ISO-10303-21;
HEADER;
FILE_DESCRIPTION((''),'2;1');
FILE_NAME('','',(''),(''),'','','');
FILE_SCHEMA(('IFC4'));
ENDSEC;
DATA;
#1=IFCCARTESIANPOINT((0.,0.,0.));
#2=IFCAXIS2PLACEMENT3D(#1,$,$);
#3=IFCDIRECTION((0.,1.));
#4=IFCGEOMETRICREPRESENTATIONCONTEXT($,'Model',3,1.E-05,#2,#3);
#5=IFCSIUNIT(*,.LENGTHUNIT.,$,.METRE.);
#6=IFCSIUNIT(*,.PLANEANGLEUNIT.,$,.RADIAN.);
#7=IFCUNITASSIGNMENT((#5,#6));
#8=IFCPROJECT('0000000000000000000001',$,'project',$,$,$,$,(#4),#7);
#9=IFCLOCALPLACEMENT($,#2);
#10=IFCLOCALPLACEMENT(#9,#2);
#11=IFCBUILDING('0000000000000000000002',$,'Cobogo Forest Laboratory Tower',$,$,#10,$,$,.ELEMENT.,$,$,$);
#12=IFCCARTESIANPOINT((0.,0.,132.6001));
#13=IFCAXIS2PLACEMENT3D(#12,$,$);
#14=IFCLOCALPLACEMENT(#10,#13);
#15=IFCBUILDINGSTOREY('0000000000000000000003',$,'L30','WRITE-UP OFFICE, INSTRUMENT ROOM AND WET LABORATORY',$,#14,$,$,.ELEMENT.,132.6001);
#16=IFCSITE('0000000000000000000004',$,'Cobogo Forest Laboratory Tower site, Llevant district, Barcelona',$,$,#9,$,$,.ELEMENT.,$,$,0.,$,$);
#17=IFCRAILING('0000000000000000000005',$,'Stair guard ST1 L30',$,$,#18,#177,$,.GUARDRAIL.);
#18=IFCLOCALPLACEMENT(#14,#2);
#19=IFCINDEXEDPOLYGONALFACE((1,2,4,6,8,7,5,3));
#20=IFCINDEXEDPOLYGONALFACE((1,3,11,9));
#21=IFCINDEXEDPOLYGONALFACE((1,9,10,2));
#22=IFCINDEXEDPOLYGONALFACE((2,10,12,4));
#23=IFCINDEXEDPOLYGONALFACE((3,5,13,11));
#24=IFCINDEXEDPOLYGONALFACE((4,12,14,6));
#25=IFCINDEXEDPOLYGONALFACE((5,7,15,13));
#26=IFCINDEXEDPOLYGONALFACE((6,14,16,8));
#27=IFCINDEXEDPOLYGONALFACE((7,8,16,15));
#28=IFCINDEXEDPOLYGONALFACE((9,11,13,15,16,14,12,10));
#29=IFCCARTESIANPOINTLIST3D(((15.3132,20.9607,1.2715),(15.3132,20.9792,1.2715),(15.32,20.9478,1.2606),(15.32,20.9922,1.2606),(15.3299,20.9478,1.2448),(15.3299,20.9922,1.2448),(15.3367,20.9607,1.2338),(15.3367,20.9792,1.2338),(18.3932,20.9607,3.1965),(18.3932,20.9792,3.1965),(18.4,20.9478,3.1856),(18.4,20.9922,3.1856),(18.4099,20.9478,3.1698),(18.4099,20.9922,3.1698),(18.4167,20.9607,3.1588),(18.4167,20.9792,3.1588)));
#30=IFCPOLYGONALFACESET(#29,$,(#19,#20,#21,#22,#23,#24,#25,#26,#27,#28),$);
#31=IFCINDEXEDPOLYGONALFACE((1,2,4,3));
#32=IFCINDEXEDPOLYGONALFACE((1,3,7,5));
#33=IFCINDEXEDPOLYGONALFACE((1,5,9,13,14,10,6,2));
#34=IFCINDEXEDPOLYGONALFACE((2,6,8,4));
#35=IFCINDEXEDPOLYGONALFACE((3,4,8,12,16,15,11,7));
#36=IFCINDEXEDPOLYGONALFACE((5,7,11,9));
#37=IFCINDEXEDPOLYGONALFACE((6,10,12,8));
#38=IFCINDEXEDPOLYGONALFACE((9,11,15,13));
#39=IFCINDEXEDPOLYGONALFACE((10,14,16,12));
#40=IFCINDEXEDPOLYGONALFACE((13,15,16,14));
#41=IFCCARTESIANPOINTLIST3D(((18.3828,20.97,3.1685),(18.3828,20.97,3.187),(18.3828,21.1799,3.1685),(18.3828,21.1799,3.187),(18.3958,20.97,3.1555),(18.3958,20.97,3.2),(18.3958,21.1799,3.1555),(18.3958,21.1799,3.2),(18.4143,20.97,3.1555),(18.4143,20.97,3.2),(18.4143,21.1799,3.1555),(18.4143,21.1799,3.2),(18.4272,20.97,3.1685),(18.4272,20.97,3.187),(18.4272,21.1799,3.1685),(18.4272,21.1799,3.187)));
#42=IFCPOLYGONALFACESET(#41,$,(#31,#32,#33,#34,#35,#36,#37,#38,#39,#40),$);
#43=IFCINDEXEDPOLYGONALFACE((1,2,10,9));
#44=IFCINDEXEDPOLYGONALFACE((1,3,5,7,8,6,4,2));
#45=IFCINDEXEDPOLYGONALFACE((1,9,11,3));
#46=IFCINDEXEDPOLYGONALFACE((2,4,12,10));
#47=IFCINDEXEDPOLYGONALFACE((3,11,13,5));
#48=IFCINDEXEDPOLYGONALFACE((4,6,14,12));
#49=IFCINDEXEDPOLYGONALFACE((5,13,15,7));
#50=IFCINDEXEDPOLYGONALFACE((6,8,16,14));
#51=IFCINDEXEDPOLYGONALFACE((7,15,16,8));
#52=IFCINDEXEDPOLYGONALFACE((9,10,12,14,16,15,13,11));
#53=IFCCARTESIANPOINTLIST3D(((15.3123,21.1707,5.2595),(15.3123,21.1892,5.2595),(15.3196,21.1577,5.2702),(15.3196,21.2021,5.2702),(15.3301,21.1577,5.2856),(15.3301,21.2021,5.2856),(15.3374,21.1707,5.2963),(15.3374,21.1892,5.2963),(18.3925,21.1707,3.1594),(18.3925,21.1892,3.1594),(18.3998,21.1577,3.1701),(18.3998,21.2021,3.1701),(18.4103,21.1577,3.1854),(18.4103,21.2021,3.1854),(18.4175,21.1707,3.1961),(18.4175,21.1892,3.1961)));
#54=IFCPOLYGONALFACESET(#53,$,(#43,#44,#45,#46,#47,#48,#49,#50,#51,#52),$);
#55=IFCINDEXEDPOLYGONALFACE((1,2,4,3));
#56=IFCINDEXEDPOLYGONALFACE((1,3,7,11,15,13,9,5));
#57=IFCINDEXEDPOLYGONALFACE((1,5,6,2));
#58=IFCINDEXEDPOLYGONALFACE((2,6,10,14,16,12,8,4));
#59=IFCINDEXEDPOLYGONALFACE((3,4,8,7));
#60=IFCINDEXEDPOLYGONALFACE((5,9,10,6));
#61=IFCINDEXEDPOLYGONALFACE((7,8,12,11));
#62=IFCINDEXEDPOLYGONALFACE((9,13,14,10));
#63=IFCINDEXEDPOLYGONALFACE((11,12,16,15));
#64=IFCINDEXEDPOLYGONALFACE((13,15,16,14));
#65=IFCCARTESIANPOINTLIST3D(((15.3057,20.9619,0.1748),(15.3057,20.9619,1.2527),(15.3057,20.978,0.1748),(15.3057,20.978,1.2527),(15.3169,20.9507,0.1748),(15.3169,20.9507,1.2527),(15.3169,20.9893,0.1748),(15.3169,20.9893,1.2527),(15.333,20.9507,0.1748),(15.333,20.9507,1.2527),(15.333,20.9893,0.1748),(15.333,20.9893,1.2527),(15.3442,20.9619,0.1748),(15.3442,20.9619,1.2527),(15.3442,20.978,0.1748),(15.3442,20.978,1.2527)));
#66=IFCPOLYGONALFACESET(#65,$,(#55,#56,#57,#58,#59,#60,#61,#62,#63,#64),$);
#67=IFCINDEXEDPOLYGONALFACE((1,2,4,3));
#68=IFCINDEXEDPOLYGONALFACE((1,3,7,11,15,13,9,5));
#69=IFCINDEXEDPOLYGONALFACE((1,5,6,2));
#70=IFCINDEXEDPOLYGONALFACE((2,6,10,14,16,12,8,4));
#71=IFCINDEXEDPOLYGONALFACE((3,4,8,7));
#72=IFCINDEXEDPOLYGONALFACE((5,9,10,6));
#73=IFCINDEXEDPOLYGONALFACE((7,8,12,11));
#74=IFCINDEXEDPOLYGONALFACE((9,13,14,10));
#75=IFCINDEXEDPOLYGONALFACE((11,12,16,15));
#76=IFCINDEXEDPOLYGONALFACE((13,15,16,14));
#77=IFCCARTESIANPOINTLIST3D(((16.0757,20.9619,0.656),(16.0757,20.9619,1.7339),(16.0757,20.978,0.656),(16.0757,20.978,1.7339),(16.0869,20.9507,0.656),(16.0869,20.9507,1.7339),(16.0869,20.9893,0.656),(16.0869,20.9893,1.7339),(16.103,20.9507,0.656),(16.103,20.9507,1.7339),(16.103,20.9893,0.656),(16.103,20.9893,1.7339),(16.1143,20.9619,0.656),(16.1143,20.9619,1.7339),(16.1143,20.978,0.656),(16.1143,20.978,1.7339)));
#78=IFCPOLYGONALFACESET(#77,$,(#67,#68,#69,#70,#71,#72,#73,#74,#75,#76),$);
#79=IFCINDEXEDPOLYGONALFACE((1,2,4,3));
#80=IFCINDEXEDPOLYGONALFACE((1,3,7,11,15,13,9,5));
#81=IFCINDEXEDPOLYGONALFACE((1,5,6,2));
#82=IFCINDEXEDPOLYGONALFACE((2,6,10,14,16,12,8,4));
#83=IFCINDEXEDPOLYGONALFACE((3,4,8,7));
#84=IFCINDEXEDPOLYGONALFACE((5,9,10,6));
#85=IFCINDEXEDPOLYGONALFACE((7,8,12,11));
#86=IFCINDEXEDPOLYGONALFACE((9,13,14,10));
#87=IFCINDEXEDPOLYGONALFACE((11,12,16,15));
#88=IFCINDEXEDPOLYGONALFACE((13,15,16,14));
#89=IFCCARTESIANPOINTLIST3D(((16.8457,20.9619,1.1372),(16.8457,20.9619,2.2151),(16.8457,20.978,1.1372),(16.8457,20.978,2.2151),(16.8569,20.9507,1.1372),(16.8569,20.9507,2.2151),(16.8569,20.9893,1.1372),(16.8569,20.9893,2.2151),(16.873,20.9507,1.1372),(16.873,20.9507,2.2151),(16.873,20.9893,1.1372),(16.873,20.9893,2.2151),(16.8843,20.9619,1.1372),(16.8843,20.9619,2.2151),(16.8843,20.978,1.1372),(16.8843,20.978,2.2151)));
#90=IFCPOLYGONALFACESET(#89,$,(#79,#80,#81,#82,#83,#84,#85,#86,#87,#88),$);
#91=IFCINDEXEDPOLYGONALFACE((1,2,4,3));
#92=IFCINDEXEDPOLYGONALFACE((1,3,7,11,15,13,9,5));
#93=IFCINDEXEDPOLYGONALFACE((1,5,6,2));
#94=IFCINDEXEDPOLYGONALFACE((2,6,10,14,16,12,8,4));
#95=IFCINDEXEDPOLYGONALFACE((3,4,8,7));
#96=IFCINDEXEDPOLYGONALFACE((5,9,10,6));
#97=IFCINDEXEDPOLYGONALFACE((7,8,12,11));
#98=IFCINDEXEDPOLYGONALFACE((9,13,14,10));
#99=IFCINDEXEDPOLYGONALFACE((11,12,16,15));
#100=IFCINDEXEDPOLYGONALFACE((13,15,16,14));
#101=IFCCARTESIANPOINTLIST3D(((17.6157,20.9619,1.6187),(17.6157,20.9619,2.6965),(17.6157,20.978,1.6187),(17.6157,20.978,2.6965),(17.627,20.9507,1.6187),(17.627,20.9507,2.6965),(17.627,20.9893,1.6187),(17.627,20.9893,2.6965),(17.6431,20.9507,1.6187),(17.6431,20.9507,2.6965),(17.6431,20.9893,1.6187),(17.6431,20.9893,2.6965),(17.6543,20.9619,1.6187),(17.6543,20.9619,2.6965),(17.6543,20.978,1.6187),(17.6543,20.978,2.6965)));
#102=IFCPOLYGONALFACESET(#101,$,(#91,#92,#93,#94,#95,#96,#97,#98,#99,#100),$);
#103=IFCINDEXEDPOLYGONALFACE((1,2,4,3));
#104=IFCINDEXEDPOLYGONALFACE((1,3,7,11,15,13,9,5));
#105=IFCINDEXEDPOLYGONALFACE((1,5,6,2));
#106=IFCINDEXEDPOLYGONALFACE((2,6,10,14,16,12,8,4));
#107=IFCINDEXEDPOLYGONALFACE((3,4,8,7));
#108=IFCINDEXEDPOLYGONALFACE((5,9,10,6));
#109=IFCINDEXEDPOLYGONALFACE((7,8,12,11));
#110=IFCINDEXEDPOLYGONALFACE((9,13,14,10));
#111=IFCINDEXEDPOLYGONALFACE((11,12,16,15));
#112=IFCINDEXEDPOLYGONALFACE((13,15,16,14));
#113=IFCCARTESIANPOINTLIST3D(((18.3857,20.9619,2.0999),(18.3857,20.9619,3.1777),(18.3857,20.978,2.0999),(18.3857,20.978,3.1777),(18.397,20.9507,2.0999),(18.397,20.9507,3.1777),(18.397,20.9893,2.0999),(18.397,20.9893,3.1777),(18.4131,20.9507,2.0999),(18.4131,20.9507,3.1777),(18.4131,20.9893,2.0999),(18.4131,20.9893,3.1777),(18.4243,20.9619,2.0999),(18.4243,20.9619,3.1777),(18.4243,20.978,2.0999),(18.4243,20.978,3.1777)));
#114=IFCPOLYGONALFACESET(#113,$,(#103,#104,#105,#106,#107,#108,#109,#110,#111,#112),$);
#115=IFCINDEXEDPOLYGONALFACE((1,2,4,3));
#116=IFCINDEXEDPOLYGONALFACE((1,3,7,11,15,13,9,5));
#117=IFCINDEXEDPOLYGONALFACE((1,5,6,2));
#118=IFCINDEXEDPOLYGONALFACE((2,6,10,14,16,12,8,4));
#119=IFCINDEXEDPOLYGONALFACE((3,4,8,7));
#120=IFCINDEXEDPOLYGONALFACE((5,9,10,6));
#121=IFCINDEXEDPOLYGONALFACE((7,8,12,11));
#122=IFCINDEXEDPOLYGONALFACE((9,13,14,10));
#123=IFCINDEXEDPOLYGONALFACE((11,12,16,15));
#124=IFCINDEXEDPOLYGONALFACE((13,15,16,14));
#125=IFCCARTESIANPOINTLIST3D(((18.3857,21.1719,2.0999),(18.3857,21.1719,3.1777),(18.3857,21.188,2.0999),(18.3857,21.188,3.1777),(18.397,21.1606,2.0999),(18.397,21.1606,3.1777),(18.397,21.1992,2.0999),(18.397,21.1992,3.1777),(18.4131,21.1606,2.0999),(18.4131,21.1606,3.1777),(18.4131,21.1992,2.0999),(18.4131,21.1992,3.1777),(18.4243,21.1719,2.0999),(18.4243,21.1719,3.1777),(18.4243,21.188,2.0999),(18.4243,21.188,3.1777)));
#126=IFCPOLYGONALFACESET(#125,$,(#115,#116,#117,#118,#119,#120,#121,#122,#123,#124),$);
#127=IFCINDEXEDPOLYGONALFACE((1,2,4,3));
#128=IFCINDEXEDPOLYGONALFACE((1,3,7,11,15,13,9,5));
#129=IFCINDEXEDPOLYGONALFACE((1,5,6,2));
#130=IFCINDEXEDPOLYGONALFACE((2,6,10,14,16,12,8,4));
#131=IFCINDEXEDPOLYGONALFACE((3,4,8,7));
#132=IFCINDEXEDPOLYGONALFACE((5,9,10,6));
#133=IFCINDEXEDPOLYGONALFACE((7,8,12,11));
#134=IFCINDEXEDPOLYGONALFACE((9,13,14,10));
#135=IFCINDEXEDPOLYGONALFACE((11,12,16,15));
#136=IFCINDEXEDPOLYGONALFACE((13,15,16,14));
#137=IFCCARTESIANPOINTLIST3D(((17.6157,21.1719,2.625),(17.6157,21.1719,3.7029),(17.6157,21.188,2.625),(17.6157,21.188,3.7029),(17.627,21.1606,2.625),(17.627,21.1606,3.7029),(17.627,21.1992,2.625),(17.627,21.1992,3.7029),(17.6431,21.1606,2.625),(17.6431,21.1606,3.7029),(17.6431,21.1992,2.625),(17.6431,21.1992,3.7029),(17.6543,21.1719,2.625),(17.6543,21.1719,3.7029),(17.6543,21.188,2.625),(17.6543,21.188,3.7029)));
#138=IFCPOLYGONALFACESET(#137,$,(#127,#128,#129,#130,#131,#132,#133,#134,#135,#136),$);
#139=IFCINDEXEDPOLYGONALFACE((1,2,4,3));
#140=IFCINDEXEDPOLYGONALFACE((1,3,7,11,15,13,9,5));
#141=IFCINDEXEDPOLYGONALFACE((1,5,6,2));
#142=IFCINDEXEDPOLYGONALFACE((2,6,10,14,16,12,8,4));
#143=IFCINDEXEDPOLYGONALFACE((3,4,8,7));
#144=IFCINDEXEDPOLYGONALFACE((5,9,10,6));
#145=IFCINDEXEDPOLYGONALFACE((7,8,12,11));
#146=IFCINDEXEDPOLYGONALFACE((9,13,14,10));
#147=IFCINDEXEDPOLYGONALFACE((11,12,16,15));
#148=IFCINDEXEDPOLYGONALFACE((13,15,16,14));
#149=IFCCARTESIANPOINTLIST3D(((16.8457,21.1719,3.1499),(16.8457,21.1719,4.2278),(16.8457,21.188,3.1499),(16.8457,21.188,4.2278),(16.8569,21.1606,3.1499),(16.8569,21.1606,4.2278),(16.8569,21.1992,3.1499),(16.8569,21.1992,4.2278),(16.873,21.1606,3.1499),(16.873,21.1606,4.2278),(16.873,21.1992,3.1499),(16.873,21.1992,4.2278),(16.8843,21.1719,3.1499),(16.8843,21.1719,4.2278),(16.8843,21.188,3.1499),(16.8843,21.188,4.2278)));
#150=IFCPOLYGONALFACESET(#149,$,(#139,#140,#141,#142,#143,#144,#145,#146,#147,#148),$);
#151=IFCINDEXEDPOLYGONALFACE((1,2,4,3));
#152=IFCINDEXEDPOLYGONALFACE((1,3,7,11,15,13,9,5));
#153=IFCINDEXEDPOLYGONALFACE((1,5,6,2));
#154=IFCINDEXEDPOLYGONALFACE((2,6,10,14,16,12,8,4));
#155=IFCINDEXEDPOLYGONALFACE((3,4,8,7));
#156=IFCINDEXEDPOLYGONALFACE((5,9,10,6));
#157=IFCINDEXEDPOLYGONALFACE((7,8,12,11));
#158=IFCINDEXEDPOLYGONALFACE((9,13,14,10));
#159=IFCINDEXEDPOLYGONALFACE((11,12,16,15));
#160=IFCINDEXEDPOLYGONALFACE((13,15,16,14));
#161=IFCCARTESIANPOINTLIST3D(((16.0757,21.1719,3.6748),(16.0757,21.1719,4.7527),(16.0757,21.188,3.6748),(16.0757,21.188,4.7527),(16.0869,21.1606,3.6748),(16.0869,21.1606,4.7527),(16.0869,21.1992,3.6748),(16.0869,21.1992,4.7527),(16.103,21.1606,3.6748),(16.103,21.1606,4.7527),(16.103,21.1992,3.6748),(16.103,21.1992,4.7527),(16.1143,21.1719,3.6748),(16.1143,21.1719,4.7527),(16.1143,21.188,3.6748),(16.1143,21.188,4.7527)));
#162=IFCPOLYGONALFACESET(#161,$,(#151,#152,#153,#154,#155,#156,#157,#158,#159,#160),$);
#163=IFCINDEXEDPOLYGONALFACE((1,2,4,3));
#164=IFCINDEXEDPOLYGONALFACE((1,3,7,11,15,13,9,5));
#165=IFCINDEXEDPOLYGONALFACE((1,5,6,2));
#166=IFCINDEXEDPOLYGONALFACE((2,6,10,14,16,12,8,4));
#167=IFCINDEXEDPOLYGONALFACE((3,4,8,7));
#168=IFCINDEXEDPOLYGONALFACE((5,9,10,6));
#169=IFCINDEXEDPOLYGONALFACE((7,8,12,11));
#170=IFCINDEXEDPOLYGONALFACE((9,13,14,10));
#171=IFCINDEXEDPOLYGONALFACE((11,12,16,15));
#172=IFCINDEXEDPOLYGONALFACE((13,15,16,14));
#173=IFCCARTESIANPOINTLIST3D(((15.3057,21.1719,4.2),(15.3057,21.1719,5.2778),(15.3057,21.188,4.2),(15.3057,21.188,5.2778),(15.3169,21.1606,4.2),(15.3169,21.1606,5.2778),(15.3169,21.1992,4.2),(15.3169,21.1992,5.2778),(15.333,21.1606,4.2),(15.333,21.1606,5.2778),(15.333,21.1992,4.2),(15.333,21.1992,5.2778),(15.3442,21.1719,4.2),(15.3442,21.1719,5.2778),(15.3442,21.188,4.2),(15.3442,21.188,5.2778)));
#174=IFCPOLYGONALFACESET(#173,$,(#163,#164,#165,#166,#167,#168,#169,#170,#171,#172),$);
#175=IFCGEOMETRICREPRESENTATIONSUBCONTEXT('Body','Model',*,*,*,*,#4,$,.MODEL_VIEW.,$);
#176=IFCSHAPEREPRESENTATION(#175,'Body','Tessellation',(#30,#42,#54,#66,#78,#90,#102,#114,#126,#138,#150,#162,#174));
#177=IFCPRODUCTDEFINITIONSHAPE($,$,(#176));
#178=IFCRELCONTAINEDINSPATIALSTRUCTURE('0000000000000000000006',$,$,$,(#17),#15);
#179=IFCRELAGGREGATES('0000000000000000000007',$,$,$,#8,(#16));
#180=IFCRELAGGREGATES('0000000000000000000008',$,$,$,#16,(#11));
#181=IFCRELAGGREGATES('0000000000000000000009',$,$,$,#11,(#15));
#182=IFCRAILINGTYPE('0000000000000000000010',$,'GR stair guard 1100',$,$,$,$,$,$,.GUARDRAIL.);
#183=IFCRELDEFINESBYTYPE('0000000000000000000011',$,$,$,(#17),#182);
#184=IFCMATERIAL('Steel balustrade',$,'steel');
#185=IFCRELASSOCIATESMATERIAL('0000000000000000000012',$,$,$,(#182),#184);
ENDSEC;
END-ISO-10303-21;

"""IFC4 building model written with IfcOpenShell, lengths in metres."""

from ifc_helpers import new_model, si_unit, direction, frame, origin, place, context, subcontext, project, spatial, polyline, outline, extrude, material, type_object, element, save


model = new_model("IFC4")

# Units and contexts
model_context = context("Model", 3, precision=1e-05, world=origin(), true_north=direction((0.0, 1.0)))
body_context = subcontext(model_context, "Body", "Model", "MODEL_VIEW")
ifc_project = project(units=[si_unit("LENGTHUNIT", "METRE"), si_unit("PLANEANGLEUNIT", "RADIAN")], contexts=[model_context])

# Site, building, storey
site_placement = place(None, origin())
site = spatial("IfcSite", under=ifc_project, at=site_placement, Name="Cobogo Forest Laboratory Tower site, Llevant district, Barcelona", CompositionType="ELEMENT", RefElevation=0.0)
building_placement = place(site_placement, origin())
building = spatial("IfcBuilding", under=site, at=building_placement, Name="Cobogo Forest Laboratory Tower", CompositionType="ELEMENT")
storey_placement = place(building_placement, frame((0.0, 0.0, 132.6001)))
storey = spatial("IfcBuildingStorey", under=building, at=storey_placement, Name="L30", Description="WRITE-UP OFFICE, INSTRUMENT ROOM AND WET LABORATORY", CompositionType="ELEMENT", Elevation=132.6001)

# Railing
ifc_material_1 = material(Name="Steel balustrade", Category="steel")
railing_type_1 = type_object("IfcRailingType", Name="GR stair guard 1100", PredefinedType="GUARDRAIL", material=ifc_material_1)
railing_1_placement = place(storey_placement, frame((15.325, 20.97, 0.1748)))
element("IfcRailing", 1, at=railing_1_placement, inside=storey, type_object=railing_type_1, Name="Stair guard ST1 L30", PredefinedType="GUARDRAIL", context=body_context, shape_type="SweptSolid", body=[
    extrude(outline(polyline([(0.0222, 0.0093), (0.0093, 0.0222), (-0.0093, 0.0222), (-0.0222, 0.0093), (-0.0222, -0.0093), (-0.0093, -0.0222), (0.0093, -0.0222), (0.0222, -0.0093), (0.0222, 0.0093)])), frame((0.0, 0.0, 1.0779), z_axis=(0.847998, 0.0, 0.529999), x_axis=(0.0, 1.0, 0.0)), (0.0, 0.0, 1.0), 3.6321),
    extrude(outline(polyline([(0.0222, 0.0093), (0.0093, 0.0222), (-0.0093, 0.0222), (-0.0222, 0.0093), (-0.0222, -0.0093), (-0.0093, -0.0222), (0.0093, -0.0222), (0.0222, -0.0093), (0.0222, 0.0093)])), frame((3.0801, 0.0, 3.0029), z_axis=(0.0, 1.0, 0.0), x_axis=(-1.0, 0.0, 0.0)), (0.0, 0.0, 1.0), 0.21),
    extrude(outline(polyline([(0.0222, 0.0093), (0.0093, 0.0222), (-0.0093, 0.0222), (-0.0222, 0.0093), (-0.0222, -0.0093), (-0.0093, -0.0222), (0.0093, -0.0222), (0.0222, -0.0093), (0.0222, 0.0093)])), frame((3.0801, 0.21, 3.0029), z_axis=(-0.826222, 0.0, 0.563345), x_axis=(0.0, -1.0, 0.0)), (0.0, 0.0, 1.0), 3.728),
    extrude(outline(polyline([(0.0193, 0.0081), (0.0081, 0.0193), (-0.0081, 0.0193), (-0.0193, 0.0081), (-0.0193, -0.0081), (-0.0081, -0.0193), (0.0081, -0.0193), (0.0193, -0.0081), (0.0193, 0.0081)])), origin(), (0.0, 0.0, 1.0), 1.0779),
    extrude(outline(polyline([(0.0193, 0.0081), (0.0081, 0.0193), (-0.0081, 0.0193), (-0.0193, 0.0081), (-0.0193, -0.0081), (-0.0081, -0.0193), (0.0081, -0.0193), (0.0193, -0.0081), (0.0193, 0.0081)])), frame((0.77, 0.0, 0.4812)), (0.0, 0.0, 1.0), 1.0779),
    extrude(outline(polyline([(0.0193, 0.0081), (0.0081, 0.0193), (-0.0081, 0.0193), (-0.0193, 0.0081), (-0.0193, -0.0081), (-0.0081, -0.0193), (0.0081, -0.0193), (0.0193, -0.0081), (0.0193, 0.0081)])), frame((1.54, 0.0, 0.9624)), (0.0, 0.0, 1.0), 1.0779),
    extrude(outline(polyline([(0.0193, 0.0081), (0.0081, 0.0193), (-0.0081, 0.0193), (-0.0193, 0.0081), (-0.0193, -0.0081), (-0.0081, -0.0193), (0.0081, -0.0193), (0.0193, -0.0081), (0.0193, 0.0081)])), frame((2.3101, 0.0, 1.4438)), (0.0, 0.0, 1.0), 1.0779),
    extrude(outline(polyline([(0.0193, 0.0081), (0.0081, 0.0193), (-0.0081, 0.0193), (-0.0193, 0.0081), (-0.0193, -0.0081), (-0.0081, -0.0193), (0.0081, -0.0193), (0.0193, -0.0081), (0.0193, 0.0081)])), frame((3.0801, 0.0, 1.925)), (0.0, 0.0, 1.0), 1.0779),
    extrude(outline(polyline([(0.0193, 0.0081), (0.0081, 0.0193), (-0.0081, 0.0193), (-0.0193, 0.0081), (-0.0193, -0.0081), (-0.0081, -0.0193), (0.0081, -0.0193), (0.0193, -0.0081), (0.0193, 0.0081)])), frame((3.0801, 0.21, 1.925)), (0.0, 0.0, 1.0), 1.0779),
    extrude(outline(polyline([(0.0193, 0.0081), (0.0081, 0.0193), (-0.0081, 0.0193), (-0.0193, 0.0081), (-0.0193, -0.0081), (-0.0081, -0.0193), (0.0081, -0.0193), (0.0193, -0.0081), (0.0193, 0.0081)])), frame((2.3101, 0.21, 2.4502)), (0.0, 0.0, 1.0), 1.0779),
    extrude(outline(polyline([(0.0193, 0.0081), (0.0081, 0.0193), (-0.0081, 0.0193), (-0.0193, 0.0081), (-0.0193, -0.0081), (-0.0081, -0.0193), (0.0081, -0.0193), (0.0193, -0.0081), (0.0193, 0.0081)])), frame((1.54, 0.21, 2.9751)), (0.0, 0.0, 1.0), 1.0779),
    extrude(outline(polyline([(0.0193, 0.0081), (0.0081, 0.0193), (-0.0081, 0.0193), (-0.0193, 0.0081), (-0.0193, -0.0081), (-0.0081, -0.0193), (0.0081, -0.0193), (0.0193, -0.0081), (0.0193, 0.0081)])), frame((0.77, 0.21, 3.5)), (0.0, 0.0, 1.0), 1.0779),
    extrude(outline(polyline([(0.0193, 0.0081), (0.0081, 0.0193), (-0.0081, 0.0193), (-0.0193, 0.0081), (-0.0193, -0.0081), (-0.0081, -0.0193), (0.0081, -0.0193), (0.0193, -0.0081), (0.0193, 0.0081)])), frame((0.0, 0.21, 4.0251)), (0.0, 0.0, 1.0), 1.0779),
])

save(model, "model.ifc")
